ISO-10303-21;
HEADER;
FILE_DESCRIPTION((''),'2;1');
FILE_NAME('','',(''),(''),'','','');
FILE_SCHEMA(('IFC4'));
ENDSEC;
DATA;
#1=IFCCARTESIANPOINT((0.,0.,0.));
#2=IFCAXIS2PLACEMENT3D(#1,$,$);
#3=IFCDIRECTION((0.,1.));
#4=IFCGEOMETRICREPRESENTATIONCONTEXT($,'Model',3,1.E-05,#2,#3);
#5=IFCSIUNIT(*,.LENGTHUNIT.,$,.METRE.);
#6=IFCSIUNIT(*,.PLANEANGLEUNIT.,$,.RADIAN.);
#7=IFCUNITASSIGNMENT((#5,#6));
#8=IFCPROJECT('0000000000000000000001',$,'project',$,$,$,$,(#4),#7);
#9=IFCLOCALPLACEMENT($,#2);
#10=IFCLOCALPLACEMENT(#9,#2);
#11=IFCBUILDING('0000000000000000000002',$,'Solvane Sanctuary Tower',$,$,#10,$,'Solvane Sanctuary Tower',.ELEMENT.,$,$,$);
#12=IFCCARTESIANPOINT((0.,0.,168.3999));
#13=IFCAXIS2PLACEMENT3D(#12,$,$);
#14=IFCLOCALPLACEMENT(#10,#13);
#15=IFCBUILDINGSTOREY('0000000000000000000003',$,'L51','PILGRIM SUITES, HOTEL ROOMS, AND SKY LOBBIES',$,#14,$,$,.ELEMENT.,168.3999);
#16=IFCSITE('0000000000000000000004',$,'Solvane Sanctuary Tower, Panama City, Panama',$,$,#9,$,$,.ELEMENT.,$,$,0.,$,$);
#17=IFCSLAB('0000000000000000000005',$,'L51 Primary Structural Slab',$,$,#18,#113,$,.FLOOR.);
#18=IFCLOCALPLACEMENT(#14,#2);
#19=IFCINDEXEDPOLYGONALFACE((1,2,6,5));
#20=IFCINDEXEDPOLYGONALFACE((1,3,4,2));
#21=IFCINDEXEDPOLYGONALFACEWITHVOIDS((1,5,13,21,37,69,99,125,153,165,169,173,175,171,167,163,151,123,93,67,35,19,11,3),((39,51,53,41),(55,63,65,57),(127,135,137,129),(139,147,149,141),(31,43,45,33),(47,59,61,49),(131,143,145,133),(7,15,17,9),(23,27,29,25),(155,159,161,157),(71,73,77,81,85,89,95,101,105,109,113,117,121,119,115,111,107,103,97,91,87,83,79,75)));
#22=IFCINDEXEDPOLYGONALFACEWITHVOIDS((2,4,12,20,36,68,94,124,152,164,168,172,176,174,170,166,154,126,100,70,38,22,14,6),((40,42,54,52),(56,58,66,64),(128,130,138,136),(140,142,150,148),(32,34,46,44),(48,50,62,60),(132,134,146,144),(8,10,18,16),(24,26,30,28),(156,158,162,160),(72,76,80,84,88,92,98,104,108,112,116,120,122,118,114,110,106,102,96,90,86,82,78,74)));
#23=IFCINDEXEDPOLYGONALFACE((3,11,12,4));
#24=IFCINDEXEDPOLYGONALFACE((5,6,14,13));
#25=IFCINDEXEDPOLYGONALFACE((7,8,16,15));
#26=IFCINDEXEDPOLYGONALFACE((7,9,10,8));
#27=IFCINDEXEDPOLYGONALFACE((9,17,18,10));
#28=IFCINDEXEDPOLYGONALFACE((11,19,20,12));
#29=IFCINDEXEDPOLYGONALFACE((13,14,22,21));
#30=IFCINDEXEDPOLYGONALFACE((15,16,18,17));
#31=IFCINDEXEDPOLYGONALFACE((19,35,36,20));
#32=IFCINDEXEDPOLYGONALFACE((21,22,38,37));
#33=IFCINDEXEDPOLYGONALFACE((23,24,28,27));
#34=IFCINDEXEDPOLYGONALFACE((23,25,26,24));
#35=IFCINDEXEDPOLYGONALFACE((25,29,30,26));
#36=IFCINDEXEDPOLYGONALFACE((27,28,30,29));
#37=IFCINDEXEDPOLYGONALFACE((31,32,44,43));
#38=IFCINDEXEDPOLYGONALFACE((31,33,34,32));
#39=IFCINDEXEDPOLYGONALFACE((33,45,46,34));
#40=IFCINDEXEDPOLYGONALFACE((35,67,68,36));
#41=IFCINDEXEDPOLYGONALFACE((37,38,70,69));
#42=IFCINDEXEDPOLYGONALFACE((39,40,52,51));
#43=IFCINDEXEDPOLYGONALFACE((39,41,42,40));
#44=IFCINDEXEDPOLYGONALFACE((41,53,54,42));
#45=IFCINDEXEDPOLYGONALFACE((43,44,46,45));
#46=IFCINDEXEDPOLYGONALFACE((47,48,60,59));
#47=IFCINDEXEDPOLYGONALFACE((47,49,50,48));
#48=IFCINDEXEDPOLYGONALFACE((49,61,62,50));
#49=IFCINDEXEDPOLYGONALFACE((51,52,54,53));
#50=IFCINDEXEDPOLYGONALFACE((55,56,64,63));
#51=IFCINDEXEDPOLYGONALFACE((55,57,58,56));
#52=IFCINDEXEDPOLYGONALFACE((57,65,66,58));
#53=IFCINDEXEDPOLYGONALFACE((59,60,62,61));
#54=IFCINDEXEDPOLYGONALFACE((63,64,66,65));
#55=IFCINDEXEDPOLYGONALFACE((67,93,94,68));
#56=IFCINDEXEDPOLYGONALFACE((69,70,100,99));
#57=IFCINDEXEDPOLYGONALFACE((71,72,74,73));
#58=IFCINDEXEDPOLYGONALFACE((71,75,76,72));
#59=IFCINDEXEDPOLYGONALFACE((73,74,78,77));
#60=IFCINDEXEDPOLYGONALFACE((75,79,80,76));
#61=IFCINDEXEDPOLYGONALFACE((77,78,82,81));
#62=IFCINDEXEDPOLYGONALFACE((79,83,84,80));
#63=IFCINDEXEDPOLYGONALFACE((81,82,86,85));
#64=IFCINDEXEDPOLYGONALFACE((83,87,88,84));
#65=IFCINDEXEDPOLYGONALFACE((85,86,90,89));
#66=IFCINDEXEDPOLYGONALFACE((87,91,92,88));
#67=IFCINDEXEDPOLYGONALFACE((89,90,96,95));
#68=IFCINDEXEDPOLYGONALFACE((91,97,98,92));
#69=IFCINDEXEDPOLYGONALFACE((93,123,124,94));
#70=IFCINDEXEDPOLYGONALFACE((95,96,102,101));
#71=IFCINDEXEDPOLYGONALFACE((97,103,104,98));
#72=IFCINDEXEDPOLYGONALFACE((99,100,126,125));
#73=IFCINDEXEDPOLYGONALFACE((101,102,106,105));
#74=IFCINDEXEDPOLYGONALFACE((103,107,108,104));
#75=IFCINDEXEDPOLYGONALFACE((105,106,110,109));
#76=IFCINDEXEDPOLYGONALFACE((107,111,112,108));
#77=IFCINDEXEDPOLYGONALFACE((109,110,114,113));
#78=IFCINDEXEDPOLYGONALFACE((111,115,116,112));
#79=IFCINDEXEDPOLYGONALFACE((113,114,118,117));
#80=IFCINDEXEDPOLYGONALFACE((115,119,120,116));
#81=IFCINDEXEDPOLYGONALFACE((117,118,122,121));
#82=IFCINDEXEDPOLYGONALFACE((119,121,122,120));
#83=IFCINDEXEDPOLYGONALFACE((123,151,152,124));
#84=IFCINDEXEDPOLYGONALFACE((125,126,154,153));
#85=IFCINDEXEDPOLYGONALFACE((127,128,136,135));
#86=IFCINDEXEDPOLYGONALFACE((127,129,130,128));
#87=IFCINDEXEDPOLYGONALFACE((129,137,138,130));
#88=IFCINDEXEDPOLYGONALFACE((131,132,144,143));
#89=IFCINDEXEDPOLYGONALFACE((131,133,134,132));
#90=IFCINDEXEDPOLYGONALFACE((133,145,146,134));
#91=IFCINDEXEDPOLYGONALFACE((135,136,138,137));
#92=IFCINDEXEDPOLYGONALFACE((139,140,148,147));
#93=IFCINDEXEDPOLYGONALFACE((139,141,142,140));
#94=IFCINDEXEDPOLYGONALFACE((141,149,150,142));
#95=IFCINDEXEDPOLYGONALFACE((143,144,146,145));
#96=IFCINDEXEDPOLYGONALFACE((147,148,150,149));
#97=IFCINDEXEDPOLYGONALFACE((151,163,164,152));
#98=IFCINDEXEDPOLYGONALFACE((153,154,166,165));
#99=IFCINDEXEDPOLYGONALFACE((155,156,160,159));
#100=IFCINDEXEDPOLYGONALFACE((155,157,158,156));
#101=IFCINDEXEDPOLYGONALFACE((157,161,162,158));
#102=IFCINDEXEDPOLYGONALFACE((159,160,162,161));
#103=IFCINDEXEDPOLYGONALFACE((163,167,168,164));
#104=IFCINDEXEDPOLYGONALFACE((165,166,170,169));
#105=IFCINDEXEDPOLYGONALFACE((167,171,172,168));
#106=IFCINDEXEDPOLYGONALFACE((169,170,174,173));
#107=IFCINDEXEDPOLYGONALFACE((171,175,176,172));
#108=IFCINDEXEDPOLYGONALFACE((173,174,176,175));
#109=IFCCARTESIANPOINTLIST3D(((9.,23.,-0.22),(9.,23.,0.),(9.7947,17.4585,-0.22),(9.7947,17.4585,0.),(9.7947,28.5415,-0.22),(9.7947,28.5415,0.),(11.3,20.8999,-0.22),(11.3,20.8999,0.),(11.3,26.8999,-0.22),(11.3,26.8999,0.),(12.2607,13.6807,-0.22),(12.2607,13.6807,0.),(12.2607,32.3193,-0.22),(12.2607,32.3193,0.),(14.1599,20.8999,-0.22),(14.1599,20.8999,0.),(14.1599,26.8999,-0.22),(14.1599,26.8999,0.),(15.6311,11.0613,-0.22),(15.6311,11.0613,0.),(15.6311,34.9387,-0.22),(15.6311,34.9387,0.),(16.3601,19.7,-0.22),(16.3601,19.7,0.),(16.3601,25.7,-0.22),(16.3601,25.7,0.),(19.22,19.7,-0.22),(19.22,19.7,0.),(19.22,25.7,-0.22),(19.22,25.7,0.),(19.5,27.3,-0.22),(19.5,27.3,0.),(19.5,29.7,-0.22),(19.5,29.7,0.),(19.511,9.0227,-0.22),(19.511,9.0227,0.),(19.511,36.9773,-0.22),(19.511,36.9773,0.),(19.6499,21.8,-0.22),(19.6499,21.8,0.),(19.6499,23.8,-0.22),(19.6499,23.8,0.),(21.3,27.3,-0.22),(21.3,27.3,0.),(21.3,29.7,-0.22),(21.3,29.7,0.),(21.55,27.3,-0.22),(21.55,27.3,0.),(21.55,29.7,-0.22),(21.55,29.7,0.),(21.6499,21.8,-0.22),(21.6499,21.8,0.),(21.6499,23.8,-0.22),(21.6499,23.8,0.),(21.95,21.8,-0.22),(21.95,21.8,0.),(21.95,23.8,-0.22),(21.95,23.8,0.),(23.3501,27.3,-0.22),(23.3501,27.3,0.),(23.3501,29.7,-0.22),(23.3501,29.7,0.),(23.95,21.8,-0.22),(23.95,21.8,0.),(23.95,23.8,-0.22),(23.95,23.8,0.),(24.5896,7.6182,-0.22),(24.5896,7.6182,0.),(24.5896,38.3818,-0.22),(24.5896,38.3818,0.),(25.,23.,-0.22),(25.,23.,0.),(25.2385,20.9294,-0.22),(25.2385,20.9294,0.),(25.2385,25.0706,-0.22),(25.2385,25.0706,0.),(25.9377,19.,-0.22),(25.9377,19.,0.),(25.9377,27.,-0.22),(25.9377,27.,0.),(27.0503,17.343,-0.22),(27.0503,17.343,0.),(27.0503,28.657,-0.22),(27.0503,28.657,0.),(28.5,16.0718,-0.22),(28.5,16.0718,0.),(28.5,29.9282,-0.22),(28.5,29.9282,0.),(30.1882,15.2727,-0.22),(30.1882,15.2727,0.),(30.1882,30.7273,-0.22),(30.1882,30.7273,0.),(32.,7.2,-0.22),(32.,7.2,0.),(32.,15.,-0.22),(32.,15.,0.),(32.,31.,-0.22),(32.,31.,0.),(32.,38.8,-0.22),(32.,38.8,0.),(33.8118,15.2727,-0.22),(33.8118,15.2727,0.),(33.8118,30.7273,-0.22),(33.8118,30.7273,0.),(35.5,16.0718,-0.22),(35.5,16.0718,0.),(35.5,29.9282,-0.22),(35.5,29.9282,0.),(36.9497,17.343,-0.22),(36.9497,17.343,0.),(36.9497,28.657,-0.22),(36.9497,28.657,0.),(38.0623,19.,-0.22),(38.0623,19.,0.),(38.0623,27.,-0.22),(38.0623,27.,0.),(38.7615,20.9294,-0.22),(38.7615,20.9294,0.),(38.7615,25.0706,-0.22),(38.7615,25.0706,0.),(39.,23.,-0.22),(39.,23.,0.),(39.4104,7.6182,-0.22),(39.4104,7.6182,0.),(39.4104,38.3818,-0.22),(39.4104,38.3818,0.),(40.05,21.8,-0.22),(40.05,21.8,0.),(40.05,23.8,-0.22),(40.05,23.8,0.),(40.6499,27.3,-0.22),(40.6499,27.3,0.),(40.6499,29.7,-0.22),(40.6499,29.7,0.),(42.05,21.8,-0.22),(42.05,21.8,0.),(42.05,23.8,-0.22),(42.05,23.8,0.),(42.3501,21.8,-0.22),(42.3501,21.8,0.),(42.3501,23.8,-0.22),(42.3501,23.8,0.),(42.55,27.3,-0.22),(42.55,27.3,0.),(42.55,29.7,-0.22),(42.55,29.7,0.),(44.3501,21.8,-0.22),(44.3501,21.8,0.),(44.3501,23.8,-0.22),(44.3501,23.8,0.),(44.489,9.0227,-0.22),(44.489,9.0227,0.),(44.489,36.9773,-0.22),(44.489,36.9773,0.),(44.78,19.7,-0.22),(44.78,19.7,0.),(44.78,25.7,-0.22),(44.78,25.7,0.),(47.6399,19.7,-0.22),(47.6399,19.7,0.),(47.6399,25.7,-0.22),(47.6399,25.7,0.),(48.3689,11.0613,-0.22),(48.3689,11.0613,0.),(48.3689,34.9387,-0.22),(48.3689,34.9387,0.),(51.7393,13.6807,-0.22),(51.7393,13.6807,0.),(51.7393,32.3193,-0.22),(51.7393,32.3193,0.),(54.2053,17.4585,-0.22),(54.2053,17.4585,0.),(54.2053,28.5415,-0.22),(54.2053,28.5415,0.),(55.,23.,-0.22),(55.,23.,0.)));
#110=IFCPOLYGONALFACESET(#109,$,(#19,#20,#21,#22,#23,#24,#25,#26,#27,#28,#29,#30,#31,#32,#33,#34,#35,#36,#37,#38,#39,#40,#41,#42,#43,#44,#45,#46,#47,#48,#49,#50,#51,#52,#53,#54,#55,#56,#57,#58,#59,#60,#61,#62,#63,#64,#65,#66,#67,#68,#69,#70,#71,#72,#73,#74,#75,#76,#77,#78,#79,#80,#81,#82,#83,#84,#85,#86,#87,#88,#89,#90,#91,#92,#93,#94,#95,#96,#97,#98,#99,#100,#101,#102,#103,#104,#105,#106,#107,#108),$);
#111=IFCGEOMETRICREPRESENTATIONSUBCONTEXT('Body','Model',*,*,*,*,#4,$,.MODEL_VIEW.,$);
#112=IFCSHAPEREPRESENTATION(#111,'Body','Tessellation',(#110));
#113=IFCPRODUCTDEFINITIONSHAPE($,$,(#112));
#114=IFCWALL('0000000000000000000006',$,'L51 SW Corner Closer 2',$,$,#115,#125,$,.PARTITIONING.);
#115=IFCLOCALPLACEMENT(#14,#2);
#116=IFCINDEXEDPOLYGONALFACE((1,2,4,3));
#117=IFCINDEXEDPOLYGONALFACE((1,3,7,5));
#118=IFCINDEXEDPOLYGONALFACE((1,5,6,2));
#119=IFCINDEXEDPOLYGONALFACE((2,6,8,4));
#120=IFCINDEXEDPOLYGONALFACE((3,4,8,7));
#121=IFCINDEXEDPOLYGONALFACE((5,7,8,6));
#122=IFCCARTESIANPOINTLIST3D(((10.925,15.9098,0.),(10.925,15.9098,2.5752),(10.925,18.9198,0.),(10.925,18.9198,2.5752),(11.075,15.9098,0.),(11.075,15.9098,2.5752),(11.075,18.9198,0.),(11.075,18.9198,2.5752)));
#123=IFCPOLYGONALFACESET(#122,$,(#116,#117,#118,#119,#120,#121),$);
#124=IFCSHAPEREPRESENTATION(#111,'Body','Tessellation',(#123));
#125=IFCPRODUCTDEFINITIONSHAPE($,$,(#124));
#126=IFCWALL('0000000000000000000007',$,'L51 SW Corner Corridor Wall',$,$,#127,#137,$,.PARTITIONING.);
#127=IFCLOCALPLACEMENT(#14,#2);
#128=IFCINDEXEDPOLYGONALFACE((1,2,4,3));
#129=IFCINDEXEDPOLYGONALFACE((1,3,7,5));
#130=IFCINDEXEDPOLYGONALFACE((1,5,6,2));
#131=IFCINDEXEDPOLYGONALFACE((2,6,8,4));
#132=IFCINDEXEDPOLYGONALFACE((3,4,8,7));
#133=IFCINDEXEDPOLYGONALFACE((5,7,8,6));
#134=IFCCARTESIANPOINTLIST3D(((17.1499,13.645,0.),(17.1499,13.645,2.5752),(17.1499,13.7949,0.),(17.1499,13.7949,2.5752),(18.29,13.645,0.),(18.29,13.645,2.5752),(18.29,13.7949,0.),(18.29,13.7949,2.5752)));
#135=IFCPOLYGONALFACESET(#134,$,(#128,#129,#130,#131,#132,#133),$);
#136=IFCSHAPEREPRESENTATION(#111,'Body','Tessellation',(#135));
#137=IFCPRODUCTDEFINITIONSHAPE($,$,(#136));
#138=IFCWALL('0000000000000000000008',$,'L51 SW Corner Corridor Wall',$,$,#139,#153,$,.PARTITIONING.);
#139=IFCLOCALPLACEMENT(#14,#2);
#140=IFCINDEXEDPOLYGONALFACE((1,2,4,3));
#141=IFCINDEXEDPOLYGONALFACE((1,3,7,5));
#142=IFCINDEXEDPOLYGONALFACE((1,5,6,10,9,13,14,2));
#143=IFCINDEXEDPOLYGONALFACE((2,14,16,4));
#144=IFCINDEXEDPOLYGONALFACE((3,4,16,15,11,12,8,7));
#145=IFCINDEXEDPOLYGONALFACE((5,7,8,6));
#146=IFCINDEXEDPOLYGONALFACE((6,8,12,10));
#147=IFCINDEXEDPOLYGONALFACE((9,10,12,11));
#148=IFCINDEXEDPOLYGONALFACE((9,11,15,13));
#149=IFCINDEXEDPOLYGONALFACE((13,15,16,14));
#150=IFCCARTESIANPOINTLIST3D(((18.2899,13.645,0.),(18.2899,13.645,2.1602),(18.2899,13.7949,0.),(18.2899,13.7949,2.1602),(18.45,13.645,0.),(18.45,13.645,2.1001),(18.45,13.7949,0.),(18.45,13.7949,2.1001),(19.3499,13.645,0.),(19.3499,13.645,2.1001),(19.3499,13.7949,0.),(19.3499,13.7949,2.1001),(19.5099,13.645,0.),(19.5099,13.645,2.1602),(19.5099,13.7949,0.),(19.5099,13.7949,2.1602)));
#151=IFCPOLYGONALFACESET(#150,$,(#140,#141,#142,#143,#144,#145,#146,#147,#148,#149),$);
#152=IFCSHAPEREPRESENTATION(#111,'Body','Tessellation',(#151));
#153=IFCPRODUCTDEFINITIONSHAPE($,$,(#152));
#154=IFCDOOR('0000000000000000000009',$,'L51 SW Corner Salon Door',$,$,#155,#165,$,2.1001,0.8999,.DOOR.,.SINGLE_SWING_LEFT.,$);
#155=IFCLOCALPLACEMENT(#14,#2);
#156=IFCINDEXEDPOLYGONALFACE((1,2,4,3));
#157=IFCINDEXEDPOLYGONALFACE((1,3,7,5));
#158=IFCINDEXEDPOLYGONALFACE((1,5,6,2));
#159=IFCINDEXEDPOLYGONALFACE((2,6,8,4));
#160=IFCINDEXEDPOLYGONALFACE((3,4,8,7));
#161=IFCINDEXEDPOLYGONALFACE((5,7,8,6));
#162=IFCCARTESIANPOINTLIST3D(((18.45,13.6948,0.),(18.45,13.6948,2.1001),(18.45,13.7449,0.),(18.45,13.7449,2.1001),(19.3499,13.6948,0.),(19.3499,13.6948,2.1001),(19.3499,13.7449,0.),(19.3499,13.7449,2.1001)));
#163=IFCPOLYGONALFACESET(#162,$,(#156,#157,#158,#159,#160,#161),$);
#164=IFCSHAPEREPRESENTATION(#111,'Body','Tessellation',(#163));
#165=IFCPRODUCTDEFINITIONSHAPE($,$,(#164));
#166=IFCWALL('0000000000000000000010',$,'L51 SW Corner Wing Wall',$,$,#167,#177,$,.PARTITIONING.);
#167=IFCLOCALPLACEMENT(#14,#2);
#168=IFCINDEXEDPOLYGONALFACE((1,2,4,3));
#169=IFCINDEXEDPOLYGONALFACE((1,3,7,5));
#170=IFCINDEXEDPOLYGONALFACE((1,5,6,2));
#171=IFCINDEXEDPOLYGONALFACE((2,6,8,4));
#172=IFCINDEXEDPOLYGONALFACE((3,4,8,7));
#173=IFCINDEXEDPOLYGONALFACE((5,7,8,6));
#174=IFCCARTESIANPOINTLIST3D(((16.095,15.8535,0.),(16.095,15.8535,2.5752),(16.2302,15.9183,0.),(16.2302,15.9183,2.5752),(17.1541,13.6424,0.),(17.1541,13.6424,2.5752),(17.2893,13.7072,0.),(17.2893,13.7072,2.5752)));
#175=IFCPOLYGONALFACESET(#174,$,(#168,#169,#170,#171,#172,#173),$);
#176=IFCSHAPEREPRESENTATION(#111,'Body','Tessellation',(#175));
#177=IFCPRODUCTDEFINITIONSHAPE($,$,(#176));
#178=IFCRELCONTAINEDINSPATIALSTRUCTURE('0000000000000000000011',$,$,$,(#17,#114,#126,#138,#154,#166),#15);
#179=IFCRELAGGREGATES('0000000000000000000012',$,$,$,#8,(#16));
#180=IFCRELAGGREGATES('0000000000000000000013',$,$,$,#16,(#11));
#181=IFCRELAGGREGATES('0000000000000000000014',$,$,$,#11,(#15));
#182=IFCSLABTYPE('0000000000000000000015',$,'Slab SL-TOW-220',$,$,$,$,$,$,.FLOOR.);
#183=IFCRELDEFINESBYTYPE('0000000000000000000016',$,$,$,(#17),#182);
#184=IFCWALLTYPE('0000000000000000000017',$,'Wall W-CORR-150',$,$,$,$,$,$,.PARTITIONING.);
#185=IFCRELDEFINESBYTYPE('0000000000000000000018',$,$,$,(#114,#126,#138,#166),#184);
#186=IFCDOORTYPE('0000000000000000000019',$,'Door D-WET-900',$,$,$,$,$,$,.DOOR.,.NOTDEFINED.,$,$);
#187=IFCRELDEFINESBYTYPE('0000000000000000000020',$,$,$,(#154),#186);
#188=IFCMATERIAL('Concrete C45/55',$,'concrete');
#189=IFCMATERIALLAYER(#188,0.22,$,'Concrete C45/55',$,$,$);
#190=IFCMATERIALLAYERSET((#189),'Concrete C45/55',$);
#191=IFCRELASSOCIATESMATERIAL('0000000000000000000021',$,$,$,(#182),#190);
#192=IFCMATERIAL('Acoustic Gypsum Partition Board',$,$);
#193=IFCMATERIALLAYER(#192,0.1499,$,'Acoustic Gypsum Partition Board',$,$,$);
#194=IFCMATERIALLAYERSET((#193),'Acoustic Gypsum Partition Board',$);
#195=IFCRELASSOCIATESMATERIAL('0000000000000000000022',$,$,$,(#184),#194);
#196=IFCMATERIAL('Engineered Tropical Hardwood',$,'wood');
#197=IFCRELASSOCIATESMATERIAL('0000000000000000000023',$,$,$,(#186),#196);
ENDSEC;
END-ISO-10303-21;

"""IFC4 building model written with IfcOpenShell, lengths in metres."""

from ifc_helpers import new_model, si_unit, direction, frame, frame_2d, origin, place, context, subcontext, project, spatial, polyline, rectangle, outline, extrude, material, layer, layer_set, type_object, element, fill, save


model = new_model("IFC4")

# Units and contexts
model_context = context("Model", 3, precision=1e-05, world=origin(), true_north=direction((0.0, 1.0)))
body_context = subcontext(model_context, "Body", "Model", "MODEL_VIEW")
ifc_project = project(units=[si_unit("LENGTHUNIT", "METRE"), si_unit("PLANEANGLEUNIT", "RADIAN")], contexts=[model_context])

# Site, building, storey
site_placement = place(None, origin())
site = spatial("IfcSite", under=ifc_project, at=site_placement, Name="Solvane Sanctuary Tower, Panama City, Panama", CompositionType="ELEMENT", RefElevation=0.0)
building_placement = place(site_placement, origin())
building = spatial("IfcBuilding", under=site, at=building_placement, Name="Solvane Sanctuary Tower", LongName="Solvane Sanctuary Tower", CompositionType="ELEMENT")
storey_placement = place(building_placement, frame((0.0, 0.0, 168.3999)))
storey = spatial("IfcBuildingStorey", under=building, at=storey_placement, Name="L51", Description="PILGRIM SUITES, HOTEL ROOMS, AND SKY LOBBIES", CompositionType="ELEMENT", Elevation=168.3999)

# Shared definitions
ifc_material_1 = material(Name="Concrete C45/55", Category="concrete")

# Slab
ifc_layer_1 = layer(ifc_material_1, 0.22, Name="Concrete C45/55")
ifc_layer_set_1 = layer_set([ifc_layer_1], Name="Concrete C45/55")
slab_type_1 = type_object("IfcSlabType", Name="Slab SL-TOW-220", PredefinedType="FLOOR", material=ifc_layer_set_1)
slab_1_placement = place(storey_placement, frame((0.0, 0.0, -0.22)))
element("IfcSlab", 1, at=slab_1_placement, inside=storey, type_object=slab_type_1, Name="L51 Primary Structural Slab", PredefinedType="FLOOR", context=body_context, shape_type="SweptSolid", body=[
    extrude(outline(polyline([(55.0, 23.0), (54.2053, 28.5415), (51.7393, 32.3193), (48.3689, 34.9387), (44.489, 36.9773), (39.4104, 38.3818), (32.0, 38.8), (24.5896, 38.3818), (19.511, 36.9773), (15.6311, 34.9387), (12.2607, 32.3193), (9.7947, 28.5415), (9.0, 23.0), (9.7947, 17.4585), (12.2607, 13.6807), (15.6311, 11.0613), (19.511, 9.0227), (24.5896, 7.6182), (32.0, 7.2), (39.4104, 7.6182), (44.489, 9.0227), (48.3689, 11.0613), (51.7393, 13.6807), (54.2053, 17.4585), (55.0, 23.0)]), holes=[polyline([(38.7615, 20.9294), (38.0623, 19.0), (36.9497, 17.343), (35.5, 16.0718), (33.8118, 15.2727), (32.0, 15.0), (30.1882, 15.2727), (28.5, 16.0718), (27.0503, 17.343), (25.9377, 19.0), (25.2385, 20.9294), (25.0, 23.0), (25.2385, 25.0706), (25.9377, 27.0), (27.0503, 28.657), (28.5, 29.9282), (30.1882, 30.7273), (32.0, 31.0), (33.8118, 30.7273), (35.5, 29.9282), (36.9497, 28.657), (38.0623, 27.0), (38.7615, 25.0706), (39.0, 23.0), (38.7615, 20.9294)]), polyline([(16.3601, 19.7), (16.3601, 25.7), (19.22, 25.7), (19.22, 19.7), (16.3601, 19.7)]), polyline([(44.78, 19.7), (44.78, 25.7), (47.6399, 25.7), (47.6399, 19.7), (44.78, 19.7)]), polyline([(11.3, 20.8999), (11.3, 26.8999), (14.1599, 26.8999), (14.1599, 20.8999), (11.3, 20.8999)]), polyline([(19.6499, 23.8), (21.6499, 23.8), (21.6499, 21.8), (19.6499, 21.8), (19.6499, 23.8)]), polyline([(42.3501, 23.8), (44.3501, 23.8), (44.3501, 21.8), (42.3501, 21.8), (42.3501, 23.8)]), polyline([(21.95, 23.8), (23.95, 23.8), (23.95, 21.8), (21.95, 21.8), (21.95, 23.8)]), polyline([(40.05, 23.8), (42.05, 23.8), (42.05, 21.8), (40.05, 21.8), (40.05, 23.8)]), polyline([(19.5, 29.7), (21.3, 29.7), (21.3, 27.3), (19.5, 27.3), (19.5, 29.7)]), polyline([(21.55, 29.7), (23.3501, 29.7), (23.3501, 27.3), (21.55, 27.3), (21.55, 29.7)]), polyline([(40.6499, 29.7), (42.55, 29.7), (42.55, 27.3), (40.6499, 27.3), (40.6499, 29.7)])]), origin(), (0.0, 0.0, 1.0), 0.22),
])

# Walls
ifc_material_2 = material(Name="Acoustic Gypsum Partition Board")
ifc_layer_2 = layer(ifc_material_2, 0.1499, Name="Acoustic Gypsum Partition Board")
ifc_layer_set_2 = layer_set([ifc_layer_2], Name="Acoustic Gypsum Partition Board")
wall_type_1 = type_object("IfcWallType", Name="Wall W-CORR-150", PredefinedType="PARTITIONING", material=ifc_layer_set_2)
wall_1_placement = place(storey_placement, frame((11.0, 15.9099, 0.0), z_axis=(0.0, 0.0, 1.0), x_axis=(0.0, 1.0, 0.0)))
element("IfcWall", 2, at=wall_1_placement, inside=storey, type_object=wall_type_1, Name="L51 SW Corner Closer 2", PredefinedType="PARTITIONING", context=body_context, shape_type="SweptSolid", body=[
    extrude(rectangle(XDim=3.01, YDim=0.1499, at=frame_2d((1.5049, 0.0))), origin(), (0.0, 0.0, 1.0), 2.5752),
])
wall_2_placement = place(storey_placement, frame((17.1499, 13.72, 0.0), z_axis=(0.0, 0.0, 1.0), x_axis=(1.0, 0.0, 0.0)))
element("IfcWall", 3, at=wall_2_placement, inside=storey, type_object=wall_type_1, Name="L51 SW Corner Corridor Wall", PredefinedType="PARTITIONING", context=body_context, shape_type="SweptSolid", body=[
    extrude(rectangle(XDim=1.1401, YDim=0.1499, at=frame_2d((0.5701, 0.0))), origin(), (0.0, 0.0, 1.0), 2.5752),
])

# Wall, opening, door
wall_3_placement = place(storey_placement, frame((18.29, 13.72, 0.0), z_axis=(0.0, 0.0, 1.0), x_axis=(1.0, 0.0, 0.0)))
wall_3 = element("IfcWall", 4, at=wall_3_placement, inside=storey, type_object=wall_type_1, Name="L51 SW Corner Corridor Wall", PredefinedType="PARTITIONING", context=body_context, shape_type="SweptSolid", body=[
    extrude(rectangle(XDim=1.22, YDim=0.1499, at=frame_2d((0.6099, 0.0))), origin(), (0.0, 0.0, 1.0), 2.1602),
])
opening_1_placement = place(wall_3_placement, frame((0.1599, 0.0, 0.0)))
opening_1 = element("IfcOpeningElement", 5, at=opening_1_placement, cuts=wall_3, PredefinedType="OPENING", context=body_context, shape_type="SweptSolid", body=[
    extrude(rectangle(XDim=0.8999, YDim=2.1001, at=frame_2d((0.45, 1.05))), frame((0.0, 0.085, 0.0), z_axis=(0.0, -1.0, 0.0), x_axis=(1.0, 0.0, 0.0)), (0.0, 0.0, 1.0), 0.1699),
])
ifc_material_3 = material(Name="Engineered Tropical Hardwood", Category="wood")
door_type = type_object("IfcDoorType", Name="Door D-WET-900", OperationType="NOTDEFINED", PredefinedType="DOOR", material=ifc_material_3)
door_placement = place(opening_1_placement, origin())
door = element("IfcDoor", 6, at=door_placement, inside=storey, type_object=door_type, Name="L51 SW Corner Salon Door", OperationType="SINGLE_SWING_LEFT", OverallHeight=2.1001, OverallWidth=0.8999, PredefinedType="DOOR", context=body_context, shape_type="SweptSolid", body=[
    extrude(rectangle(XDim=0.8999, YDim=2.1001, at=frame_2d((0.45, 1.05))), frame((0.0, 0.0249, 0.0), z_axis=(0.0, -1.0, 0.0), x_axis=(1.0, 0.0, 0.0)), (0.0, 0.0, 1.0), 0.05),
])
fill(opening_1, door)

# Wall
wall_4_placement = place(storey_placement, frame((17.2217, 13.6748, 0.0), z_axis=(0.0, 0.0, 1.0), x_axis=(-0.431973, 0.901886, 0.0)))
element("IfcWall", 7, at=wall_4_placement, inside=storey, type_object=wall_type_1, Name="L51 SW Corner Wing Wall", PredefinedType="PARTITIONING", context=body_context, shape_type="SweptSolid", body=[
    extrude(rectangle(XDim=2.4517, YDim=0.1499, at=frame_2d((1.2258, 0.0))), origin(), (0.0, 0.0, 1.0), 2.5752),
])

save(model, "model.ifc")
